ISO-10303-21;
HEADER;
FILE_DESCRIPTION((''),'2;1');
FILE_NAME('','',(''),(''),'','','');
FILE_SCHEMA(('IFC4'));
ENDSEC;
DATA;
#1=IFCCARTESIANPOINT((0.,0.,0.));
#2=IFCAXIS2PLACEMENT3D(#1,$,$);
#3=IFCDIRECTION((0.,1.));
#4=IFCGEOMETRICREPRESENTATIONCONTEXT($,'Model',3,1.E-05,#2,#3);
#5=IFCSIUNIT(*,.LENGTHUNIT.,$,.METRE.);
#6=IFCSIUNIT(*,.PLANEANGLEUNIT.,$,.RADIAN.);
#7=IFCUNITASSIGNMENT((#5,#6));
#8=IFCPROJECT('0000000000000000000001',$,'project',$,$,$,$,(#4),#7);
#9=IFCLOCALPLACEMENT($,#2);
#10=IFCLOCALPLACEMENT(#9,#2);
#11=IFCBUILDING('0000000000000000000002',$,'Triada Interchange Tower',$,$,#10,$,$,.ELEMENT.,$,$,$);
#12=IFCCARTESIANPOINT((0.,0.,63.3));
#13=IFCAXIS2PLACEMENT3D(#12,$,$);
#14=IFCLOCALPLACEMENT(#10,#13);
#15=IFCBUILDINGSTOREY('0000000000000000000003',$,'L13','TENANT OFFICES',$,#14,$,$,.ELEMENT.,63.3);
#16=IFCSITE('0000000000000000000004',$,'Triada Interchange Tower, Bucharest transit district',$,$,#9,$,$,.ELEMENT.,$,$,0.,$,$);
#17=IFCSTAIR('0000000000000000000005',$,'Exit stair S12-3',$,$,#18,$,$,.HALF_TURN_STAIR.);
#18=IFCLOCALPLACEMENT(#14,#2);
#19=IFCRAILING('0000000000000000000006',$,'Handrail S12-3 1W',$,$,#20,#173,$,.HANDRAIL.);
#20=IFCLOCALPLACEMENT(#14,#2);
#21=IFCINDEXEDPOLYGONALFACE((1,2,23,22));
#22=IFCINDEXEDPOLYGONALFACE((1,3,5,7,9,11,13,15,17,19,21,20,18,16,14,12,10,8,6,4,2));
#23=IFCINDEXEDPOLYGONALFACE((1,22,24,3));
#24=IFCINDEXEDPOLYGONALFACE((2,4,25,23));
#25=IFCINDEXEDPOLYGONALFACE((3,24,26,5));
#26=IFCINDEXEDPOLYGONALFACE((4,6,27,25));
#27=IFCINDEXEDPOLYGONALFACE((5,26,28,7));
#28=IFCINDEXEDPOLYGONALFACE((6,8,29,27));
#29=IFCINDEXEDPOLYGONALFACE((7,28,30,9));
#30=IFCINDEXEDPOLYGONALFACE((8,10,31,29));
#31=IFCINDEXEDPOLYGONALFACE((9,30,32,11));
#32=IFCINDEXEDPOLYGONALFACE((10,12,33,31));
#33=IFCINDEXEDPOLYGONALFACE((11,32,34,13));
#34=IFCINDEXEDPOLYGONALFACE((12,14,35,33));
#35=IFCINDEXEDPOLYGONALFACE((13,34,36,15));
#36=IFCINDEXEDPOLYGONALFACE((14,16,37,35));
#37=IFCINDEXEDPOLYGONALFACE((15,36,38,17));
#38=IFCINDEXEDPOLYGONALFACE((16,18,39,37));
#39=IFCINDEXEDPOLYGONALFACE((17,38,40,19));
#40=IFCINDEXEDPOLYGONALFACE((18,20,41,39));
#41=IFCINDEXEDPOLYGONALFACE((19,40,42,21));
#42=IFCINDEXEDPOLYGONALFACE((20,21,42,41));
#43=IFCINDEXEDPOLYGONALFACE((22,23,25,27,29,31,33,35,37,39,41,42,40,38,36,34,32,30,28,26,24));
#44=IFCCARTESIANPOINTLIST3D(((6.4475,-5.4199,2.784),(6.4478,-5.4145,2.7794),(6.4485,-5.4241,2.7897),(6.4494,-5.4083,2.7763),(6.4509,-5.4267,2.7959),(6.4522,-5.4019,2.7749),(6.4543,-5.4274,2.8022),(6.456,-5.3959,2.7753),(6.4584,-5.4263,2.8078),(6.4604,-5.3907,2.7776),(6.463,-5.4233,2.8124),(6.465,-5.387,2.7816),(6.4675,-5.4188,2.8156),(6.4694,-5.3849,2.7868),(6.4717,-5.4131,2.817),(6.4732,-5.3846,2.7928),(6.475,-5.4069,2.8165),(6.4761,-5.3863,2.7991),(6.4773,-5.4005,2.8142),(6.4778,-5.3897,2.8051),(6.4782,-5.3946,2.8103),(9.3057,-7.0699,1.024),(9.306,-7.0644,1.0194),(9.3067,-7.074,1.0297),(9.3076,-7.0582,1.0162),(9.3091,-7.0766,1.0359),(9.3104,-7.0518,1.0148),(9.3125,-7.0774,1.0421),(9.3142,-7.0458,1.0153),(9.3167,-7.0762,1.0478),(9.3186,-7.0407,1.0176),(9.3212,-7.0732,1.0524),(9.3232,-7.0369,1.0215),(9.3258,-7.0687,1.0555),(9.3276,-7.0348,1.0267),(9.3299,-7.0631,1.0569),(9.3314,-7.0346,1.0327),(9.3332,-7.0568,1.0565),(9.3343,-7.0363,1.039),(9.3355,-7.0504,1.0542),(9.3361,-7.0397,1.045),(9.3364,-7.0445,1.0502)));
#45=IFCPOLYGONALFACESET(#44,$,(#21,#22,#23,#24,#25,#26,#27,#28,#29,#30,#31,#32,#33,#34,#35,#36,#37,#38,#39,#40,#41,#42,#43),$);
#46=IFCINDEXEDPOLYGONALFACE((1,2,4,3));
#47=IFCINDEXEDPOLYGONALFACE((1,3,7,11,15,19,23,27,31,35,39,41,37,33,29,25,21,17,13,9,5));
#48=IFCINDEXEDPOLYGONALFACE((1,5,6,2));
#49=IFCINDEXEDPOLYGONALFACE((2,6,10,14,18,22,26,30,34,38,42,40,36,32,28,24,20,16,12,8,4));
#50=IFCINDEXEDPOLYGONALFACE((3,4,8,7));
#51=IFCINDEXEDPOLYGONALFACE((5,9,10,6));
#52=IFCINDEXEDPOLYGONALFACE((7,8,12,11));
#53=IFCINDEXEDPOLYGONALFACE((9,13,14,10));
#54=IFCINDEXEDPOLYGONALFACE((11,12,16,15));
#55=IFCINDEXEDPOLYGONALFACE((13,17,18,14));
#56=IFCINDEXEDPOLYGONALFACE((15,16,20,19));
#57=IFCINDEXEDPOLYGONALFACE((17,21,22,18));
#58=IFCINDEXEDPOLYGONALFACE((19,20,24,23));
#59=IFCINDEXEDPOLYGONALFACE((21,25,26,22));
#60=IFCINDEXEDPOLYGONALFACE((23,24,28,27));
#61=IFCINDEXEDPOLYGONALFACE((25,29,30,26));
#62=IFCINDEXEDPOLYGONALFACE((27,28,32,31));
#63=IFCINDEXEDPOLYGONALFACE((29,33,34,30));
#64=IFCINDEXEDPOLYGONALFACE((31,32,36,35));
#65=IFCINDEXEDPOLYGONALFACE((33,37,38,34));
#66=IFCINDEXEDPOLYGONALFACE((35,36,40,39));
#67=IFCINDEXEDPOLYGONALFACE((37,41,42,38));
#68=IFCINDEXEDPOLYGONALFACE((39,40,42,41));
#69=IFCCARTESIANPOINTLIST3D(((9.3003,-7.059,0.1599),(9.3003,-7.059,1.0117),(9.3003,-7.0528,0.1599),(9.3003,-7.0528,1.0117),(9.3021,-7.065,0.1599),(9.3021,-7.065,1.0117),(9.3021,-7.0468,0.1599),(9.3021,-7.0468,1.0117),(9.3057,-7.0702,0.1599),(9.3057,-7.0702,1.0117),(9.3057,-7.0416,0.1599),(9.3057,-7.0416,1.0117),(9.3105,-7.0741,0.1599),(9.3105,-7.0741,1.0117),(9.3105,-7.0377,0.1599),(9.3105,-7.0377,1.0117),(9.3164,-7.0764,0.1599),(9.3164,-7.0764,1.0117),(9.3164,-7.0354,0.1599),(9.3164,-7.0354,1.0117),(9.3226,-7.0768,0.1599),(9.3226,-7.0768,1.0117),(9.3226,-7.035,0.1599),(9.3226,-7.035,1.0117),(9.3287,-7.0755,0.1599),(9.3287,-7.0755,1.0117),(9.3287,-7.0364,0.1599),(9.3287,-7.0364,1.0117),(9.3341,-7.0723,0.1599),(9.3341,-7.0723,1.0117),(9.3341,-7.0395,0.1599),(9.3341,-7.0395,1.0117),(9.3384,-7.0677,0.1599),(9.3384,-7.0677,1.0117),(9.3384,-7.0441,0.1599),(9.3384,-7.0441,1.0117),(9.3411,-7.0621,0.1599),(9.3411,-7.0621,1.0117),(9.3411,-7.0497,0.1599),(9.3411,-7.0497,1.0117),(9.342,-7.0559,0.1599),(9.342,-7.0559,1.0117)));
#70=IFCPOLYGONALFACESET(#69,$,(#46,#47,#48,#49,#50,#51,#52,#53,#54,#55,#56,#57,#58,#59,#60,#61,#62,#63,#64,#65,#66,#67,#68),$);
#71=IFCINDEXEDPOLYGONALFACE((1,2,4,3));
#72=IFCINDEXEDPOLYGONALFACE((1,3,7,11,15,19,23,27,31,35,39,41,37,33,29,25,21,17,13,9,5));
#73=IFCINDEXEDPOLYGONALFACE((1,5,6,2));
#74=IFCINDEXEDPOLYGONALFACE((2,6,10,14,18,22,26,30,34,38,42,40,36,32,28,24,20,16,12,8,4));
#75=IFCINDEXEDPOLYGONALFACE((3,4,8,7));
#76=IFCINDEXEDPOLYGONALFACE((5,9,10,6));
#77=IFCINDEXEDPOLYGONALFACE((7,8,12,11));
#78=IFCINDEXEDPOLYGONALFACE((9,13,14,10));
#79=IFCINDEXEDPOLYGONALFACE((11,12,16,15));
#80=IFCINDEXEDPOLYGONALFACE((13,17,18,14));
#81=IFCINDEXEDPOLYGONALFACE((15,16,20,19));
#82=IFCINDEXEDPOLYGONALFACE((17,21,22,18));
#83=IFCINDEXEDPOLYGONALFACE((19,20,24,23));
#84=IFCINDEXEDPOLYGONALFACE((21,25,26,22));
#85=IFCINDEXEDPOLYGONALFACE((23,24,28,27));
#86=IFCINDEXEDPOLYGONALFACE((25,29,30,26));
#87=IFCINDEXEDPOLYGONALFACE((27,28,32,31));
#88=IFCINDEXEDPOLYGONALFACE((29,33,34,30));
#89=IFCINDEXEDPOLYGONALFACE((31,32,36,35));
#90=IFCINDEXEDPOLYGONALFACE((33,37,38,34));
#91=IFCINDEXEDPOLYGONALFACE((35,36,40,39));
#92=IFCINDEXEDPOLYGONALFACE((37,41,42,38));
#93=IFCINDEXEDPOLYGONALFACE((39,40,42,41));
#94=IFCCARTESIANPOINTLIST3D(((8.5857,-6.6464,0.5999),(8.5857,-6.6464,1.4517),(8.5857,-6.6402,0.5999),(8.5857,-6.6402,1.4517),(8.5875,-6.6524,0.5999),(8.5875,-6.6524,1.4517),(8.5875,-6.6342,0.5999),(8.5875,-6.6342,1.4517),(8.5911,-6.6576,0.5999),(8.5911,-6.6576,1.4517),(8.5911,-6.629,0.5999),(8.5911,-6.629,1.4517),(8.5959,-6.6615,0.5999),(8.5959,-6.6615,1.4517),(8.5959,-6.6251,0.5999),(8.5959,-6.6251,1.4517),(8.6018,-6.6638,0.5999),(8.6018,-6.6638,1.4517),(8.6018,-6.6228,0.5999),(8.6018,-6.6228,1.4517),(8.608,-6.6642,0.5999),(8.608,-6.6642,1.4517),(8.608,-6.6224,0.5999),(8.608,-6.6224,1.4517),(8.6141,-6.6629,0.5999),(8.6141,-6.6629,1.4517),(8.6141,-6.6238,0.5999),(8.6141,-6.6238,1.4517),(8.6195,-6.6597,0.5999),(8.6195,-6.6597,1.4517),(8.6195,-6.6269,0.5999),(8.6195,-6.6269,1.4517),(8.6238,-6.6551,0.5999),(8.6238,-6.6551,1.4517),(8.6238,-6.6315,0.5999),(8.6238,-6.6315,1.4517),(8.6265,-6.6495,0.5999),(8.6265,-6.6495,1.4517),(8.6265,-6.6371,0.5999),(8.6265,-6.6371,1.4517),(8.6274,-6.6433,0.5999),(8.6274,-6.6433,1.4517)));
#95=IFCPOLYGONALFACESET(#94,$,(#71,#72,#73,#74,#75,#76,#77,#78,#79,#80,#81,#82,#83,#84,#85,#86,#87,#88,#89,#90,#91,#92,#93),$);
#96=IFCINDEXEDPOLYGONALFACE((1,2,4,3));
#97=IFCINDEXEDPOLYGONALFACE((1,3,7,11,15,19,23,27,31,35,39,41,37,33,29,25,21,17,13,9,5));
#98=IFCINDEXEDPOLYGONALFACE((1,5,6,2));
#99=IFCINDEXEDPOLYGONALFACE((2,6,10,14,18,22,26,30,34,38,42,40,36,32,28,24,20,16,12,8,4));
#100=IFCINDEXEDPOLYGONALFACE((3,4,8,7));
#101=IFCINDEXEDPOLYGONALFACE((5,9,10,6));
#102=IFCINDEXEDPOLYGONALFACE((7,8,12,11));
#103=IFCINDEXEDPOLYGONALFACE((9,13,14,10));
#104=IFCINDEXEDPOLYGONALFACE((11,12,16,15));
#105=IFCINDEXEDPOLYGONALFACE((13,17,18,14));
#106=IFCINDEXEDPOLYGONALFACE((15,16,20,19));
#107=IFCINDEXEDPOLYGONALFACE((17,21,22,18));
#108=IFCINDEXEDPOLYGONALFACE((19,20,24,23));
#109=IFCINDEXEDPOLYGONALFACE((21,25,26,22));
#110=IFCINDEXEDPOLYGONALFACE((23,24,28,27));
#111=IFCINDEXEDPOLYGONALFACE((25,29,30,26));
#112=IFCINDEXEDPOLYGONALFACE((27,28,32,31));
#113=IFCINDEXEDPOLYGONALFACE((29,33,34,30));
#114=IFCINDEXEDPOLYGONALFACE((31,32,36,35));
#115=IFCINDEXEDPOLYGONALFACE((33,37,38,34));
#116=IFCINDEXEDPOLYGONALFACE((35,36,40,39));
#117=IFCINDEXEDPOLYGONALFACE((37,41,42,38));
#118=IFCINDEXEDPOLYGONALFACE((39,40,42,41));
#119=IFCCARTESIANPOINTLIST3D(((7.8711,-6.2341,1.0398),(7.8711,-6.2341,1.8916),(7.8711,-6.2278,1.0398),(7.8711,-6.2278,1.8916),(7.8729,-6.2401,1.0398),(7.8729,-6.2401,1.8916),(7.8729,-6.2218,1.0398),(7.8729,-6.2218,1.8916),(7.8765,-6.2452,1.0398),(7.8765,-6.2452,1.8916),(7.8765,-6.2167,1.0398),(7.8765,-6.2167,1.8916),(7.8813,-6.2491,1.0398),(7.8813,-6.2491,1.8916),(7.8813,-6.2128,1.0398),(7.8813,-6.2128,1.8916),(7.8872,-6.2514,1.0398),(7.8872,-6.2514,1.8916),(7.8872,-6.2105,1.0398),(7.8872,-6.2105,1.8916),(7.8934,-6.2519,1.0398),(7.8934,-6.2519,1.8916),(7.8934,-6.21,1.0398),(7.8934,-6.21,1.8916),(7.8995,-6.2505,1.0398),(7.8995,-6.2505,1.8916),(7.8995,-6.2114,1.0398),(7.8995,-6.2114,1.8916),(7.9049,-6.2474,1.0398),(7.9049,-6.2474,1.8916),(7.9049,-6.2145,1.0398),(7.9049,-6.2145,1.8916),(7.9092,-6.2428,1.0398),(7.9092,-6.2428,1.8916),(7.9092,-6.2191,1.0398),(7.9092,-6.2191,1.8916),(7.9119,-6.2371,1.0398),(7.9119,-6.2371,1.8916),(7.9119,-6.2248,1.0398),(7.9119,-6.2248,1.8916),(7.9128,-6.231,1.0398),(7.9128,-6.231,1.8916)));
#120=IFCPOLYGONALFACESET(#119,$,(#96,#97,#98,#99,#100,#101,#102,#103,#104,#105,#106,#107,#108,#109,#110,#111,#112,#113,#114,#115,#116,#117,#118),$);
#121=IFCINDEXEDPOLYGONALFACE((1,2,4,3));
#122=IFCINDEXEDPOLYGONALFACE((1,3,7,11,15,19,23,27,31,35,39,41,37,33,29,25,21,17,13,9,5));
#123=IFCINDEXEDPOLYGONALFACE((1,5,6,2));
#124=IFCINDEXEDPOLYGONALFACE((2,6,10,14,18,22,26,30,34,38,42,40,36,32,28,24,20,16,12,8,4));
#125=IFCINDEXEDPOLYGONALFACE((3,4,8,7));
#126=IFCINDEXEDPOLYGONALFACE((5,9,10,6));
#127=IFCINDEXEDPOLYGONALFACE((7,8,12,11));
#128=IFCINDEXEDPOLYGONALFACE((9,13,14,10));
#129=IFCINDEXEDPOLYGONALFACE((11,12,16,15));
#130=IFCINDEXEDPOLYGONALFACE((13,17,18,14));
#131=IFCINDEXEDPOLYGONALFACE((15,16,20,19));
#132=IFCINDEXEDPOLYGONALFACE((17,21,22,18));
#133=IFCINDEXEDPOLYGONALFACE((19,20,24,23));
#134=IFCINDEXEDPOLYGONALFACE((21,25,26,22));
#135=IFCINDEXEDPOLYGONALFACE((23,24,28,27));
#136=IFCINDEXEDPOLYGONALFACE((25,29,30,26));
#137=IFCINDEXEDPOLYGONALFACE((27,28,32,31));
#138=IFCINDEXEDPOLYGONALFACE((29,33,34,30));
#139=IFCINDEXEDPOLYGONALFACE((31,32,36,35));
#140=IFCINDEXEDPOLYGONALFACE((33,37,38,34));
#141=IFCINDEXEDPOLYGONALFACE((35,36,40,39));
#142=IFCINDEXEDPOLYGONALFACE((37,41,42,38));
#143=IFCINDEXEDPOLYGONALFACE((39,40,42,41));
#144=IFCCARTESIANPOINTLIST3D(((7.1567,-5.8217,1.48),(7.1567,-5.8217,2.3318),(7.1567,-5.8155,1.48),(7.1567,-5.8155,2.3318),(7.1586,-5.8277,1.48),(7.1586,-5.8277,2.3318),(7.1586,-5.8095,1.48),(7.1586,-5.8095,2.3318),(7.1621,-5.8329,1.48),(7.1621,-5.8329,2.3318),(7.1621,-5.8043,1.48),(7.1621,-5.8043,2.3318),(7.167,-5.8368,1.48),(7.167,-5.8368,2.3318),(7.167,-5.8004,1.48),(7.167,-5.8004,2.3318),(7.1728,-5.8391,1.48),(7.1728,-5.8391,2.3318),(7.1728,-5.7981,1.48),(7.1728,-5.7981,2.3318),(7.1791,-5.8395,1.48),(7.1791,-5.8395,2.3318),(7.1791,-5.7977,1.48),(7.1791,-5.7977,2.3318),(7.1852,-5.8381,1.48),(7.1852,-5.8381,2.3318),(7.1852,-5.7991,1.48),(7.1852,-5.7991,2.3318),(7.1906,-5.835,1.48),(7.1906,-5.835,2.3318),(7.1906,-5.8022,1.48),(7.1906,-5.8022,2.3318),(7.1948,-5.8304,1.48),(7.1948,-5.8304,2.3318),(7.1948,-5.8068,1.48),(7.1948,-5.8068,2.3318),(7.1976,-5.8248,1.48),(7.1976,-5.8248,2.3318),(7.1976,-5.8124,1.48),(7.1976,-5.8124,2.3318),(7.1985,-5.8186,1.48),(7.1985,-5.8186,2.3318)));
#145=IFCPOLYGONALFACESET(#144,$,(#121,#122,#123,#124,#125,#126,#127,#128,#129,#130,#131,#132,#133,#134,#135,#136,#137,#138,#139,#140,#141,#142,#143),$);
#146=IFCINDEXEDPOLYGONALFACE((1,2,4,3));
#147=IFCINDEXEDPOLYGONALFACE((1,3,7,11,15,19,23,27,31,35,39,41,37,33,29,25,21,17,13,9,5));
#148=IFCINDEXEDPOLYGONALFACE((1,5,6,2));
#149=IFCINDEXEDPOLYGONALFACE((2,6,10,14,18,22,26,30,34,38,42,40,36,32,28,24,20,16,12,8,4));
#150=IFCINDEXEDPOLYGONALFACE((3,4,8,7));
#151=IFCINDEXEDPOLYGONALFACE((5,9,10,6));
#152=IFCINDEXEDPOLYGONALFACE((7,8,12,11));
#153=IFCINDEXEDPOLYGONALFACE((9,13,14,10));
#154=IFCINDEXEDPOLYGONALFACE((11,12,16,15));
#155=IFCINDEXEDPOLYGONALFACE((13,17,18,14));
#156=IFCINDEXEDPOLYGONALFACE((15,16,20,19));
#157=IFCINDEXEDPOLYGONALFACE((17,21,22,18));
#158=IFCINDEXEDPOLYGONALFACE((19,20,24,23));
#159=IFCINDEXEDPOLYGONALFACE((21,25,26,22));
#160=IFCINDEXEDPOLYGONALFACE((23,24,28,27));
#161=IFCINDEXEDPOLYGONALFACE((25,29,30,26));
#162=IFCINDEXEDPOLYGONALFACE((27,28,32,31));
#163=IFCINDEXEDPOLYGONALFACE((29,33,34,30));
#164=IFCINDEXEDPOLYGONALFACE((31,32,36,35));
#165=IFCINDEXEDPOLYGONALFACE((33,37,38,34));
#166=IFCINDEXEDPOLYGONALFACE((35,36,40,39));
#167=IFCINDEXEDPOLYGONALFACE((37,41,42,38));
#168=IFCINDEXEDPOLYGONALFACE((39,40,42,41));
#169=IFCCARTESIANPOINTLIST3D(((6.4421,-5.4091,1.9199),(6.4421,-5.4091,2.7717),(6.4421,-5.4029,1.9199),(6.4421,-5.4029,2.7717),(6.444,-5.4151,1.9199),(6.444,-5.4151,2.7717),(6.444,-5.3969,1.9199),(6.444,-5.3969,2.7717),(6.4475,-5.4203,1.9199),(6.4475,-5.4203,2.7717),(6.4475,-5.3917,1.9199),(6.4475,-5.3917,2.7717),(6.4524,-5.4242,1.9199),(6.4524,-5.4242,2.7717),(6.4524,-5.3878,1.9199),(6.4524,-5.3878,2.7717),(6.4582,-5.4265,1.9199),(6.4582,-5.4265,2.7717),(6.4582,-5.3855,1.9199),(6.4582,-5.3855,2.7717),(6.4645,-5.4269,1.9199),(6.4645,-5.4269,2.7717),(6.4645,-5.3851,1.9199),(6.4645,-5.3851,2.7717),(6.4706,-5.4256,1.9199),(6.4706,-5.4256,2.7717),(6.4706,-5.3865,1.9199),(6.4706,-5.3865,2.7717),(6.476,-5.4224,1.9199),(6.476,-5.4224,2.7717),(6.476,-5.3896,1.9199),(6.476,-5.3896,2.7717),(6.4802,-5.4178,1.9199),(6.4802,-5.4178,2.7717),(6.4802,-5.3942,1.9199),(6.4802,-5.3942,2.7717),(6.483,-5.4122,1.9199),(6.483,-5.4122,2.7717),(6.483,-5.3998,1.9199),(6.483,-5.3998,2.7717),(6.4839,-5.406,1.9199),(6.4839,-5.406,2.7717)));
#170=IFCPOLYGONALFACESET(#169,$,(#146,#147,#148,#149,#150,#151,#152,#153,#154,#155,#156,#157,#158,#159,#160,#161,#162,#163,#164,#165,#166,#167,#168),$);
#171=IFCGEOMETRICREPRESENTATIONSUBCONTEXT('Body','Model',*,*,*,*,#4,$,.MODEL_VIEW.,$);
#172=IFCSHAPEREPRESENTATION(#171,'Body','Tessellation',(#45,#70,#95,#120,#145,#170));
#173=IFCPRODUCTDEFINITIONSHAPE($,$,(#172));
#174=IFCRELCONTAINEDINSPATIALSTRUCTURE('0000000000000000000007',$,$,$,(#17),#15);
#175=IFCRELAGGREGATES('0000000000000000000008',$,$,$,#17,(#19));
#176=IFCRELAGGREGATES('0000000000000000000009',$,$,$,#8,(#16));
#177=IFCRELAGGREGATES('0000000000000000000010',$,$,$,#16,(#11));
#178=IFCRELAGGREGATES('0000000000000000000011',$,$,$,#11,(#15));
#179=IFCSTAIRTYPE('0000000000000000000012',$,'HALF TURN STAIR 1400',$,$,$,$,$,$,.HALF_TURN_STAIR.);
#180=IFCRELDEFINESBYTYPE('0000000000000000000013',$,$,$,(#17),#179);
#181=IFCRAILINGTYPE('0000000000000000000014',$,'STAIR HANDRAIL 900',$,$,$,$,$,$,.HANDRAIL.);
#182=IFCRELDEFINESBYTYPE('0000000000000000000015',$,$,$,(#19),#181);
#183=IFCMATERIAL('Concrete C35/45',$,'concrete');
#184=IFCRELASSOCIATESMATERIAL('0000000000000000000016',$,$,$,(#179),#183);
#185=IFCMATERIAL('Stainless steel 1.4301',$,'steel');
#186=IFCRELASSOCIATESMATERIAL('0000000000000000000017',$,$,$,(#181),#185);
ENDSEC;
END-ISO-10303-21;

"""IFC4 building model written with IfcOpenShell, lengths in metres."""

from ifc_helpers import new_model, si_unit, direction, frame, origin, origin_2d, place, context, subcontext, project, spatial, circle, extrude, material, type_object, element, aggregate, save


model = new_model("IFC4")

# Units and contexts
model_context = context("Model", 3, precision=1e-05, world=origin(), true_north=direction((0.0, 1.0)))
body_context = subcontext(model_context, "Body", "Model", "MODEL_VIEW")
ifc_project = project(units=[si_unit("LENGTHUNIT", "METRE"), si_unit("PLANEANGLEUNIT", "RADIAN")], contexts=[model_context])

# Site, building, storey
site_placement = place(None, origin())
site = spatial("IfcSite", under=ifc_project, at=site_placement, Name="Triada Interchange Tower, Bucharest transit district", CompositionType="ELEMENT", RefElevation=0.0)
building_placement = place(site_placement, origin())
building = spatial("IfcBuilding", under=site, at=building_placement, Name="Triada Interchange Tower", CompositionType="ELEMENT")
storey_placement = place(building_placement, frame((0.0, 0.0, 63.3)))
storey = spatial("IfcBuildingStorey", under=building, at=storey_placement, Name="L13", Description="TENANT OFFICES", CompositionType="ELEMENT", Elevation=63.3)

# Stair, railing
ifc_material_1 = material(Name="Concrete C35/45", Category="concrete")
stair_type = type_object("IfcStairType", Name="HALF TURN STAIR 1400", PredefinedType="HALF_TURN_STAIR", material=ifc_material_1)
stair_placement = place(storey_placement, origin())
stair = element("IfcStair", 1, at=stair_placement, inside=storey, type_object=stair_type, Name="Exit stair S12-3", PredefinedType="HALF_TURN_STAIR")
ifc_material_2 = material(Name="Stainless steel 1.4301", Category="steel")
railing_type = type_object("IfcRailingType", Name="STAIR HANDRAIL 900", PredefinedType="HANDRAIL", material=ifc_material_2)
railing_1_placement = place(storey_placement, frame((9.321, -7.0559, 0.1599)))
railing_1 = element("IfcRailing", 2, at=railing_1_placement, type_object=railing_type, Name="Handrail S12-3 1W", PredefinedType="HANDRAIL", context=body_context, shape_type="SweptSolid", body=[
    extrude(circle(Radius=0.0239, at=origin_2d()), frame((0.0, 0.0, 0.876), z_axis=(-0.764178, 0.441131, 0.47057), x_axis=(-0.499942, -0.866059, 0.0)), (0.0, 0.0, 1.0), 3.7402),
    extrude(circle(Radius=0.021, at=origin_2d()), origin(), (0.0, 0.0, 1.0), 0.8518),
    extrude(circle(Radius=0.021, at=origin_2d()), frame((-0.7146, 0.4126, 0.4399)), (0.0, 0.0, 1.0), 0.8518),
    extrude(circle(Radius=0.021, at=origin_2d()), frame((-1.4292, 0.825, 0.8799)), (0.0, 0.0, 1.0), 0.8518),
    extrude(circle(Radius=0.021, at=origin_2d()), frame((-2.1436, 1.2373, 1.3201)), (0.0, 0.0, 1.0), 0.8518),
    extrude(circle(Radius=0.021, at=origin_2d()), frame((-2.8582, 1.6499, 1.76)), (0.0, 0.0, 1.0), 0.8518),
])
aggregate(stair, [railing_1])

save(model, "model.ifc")
